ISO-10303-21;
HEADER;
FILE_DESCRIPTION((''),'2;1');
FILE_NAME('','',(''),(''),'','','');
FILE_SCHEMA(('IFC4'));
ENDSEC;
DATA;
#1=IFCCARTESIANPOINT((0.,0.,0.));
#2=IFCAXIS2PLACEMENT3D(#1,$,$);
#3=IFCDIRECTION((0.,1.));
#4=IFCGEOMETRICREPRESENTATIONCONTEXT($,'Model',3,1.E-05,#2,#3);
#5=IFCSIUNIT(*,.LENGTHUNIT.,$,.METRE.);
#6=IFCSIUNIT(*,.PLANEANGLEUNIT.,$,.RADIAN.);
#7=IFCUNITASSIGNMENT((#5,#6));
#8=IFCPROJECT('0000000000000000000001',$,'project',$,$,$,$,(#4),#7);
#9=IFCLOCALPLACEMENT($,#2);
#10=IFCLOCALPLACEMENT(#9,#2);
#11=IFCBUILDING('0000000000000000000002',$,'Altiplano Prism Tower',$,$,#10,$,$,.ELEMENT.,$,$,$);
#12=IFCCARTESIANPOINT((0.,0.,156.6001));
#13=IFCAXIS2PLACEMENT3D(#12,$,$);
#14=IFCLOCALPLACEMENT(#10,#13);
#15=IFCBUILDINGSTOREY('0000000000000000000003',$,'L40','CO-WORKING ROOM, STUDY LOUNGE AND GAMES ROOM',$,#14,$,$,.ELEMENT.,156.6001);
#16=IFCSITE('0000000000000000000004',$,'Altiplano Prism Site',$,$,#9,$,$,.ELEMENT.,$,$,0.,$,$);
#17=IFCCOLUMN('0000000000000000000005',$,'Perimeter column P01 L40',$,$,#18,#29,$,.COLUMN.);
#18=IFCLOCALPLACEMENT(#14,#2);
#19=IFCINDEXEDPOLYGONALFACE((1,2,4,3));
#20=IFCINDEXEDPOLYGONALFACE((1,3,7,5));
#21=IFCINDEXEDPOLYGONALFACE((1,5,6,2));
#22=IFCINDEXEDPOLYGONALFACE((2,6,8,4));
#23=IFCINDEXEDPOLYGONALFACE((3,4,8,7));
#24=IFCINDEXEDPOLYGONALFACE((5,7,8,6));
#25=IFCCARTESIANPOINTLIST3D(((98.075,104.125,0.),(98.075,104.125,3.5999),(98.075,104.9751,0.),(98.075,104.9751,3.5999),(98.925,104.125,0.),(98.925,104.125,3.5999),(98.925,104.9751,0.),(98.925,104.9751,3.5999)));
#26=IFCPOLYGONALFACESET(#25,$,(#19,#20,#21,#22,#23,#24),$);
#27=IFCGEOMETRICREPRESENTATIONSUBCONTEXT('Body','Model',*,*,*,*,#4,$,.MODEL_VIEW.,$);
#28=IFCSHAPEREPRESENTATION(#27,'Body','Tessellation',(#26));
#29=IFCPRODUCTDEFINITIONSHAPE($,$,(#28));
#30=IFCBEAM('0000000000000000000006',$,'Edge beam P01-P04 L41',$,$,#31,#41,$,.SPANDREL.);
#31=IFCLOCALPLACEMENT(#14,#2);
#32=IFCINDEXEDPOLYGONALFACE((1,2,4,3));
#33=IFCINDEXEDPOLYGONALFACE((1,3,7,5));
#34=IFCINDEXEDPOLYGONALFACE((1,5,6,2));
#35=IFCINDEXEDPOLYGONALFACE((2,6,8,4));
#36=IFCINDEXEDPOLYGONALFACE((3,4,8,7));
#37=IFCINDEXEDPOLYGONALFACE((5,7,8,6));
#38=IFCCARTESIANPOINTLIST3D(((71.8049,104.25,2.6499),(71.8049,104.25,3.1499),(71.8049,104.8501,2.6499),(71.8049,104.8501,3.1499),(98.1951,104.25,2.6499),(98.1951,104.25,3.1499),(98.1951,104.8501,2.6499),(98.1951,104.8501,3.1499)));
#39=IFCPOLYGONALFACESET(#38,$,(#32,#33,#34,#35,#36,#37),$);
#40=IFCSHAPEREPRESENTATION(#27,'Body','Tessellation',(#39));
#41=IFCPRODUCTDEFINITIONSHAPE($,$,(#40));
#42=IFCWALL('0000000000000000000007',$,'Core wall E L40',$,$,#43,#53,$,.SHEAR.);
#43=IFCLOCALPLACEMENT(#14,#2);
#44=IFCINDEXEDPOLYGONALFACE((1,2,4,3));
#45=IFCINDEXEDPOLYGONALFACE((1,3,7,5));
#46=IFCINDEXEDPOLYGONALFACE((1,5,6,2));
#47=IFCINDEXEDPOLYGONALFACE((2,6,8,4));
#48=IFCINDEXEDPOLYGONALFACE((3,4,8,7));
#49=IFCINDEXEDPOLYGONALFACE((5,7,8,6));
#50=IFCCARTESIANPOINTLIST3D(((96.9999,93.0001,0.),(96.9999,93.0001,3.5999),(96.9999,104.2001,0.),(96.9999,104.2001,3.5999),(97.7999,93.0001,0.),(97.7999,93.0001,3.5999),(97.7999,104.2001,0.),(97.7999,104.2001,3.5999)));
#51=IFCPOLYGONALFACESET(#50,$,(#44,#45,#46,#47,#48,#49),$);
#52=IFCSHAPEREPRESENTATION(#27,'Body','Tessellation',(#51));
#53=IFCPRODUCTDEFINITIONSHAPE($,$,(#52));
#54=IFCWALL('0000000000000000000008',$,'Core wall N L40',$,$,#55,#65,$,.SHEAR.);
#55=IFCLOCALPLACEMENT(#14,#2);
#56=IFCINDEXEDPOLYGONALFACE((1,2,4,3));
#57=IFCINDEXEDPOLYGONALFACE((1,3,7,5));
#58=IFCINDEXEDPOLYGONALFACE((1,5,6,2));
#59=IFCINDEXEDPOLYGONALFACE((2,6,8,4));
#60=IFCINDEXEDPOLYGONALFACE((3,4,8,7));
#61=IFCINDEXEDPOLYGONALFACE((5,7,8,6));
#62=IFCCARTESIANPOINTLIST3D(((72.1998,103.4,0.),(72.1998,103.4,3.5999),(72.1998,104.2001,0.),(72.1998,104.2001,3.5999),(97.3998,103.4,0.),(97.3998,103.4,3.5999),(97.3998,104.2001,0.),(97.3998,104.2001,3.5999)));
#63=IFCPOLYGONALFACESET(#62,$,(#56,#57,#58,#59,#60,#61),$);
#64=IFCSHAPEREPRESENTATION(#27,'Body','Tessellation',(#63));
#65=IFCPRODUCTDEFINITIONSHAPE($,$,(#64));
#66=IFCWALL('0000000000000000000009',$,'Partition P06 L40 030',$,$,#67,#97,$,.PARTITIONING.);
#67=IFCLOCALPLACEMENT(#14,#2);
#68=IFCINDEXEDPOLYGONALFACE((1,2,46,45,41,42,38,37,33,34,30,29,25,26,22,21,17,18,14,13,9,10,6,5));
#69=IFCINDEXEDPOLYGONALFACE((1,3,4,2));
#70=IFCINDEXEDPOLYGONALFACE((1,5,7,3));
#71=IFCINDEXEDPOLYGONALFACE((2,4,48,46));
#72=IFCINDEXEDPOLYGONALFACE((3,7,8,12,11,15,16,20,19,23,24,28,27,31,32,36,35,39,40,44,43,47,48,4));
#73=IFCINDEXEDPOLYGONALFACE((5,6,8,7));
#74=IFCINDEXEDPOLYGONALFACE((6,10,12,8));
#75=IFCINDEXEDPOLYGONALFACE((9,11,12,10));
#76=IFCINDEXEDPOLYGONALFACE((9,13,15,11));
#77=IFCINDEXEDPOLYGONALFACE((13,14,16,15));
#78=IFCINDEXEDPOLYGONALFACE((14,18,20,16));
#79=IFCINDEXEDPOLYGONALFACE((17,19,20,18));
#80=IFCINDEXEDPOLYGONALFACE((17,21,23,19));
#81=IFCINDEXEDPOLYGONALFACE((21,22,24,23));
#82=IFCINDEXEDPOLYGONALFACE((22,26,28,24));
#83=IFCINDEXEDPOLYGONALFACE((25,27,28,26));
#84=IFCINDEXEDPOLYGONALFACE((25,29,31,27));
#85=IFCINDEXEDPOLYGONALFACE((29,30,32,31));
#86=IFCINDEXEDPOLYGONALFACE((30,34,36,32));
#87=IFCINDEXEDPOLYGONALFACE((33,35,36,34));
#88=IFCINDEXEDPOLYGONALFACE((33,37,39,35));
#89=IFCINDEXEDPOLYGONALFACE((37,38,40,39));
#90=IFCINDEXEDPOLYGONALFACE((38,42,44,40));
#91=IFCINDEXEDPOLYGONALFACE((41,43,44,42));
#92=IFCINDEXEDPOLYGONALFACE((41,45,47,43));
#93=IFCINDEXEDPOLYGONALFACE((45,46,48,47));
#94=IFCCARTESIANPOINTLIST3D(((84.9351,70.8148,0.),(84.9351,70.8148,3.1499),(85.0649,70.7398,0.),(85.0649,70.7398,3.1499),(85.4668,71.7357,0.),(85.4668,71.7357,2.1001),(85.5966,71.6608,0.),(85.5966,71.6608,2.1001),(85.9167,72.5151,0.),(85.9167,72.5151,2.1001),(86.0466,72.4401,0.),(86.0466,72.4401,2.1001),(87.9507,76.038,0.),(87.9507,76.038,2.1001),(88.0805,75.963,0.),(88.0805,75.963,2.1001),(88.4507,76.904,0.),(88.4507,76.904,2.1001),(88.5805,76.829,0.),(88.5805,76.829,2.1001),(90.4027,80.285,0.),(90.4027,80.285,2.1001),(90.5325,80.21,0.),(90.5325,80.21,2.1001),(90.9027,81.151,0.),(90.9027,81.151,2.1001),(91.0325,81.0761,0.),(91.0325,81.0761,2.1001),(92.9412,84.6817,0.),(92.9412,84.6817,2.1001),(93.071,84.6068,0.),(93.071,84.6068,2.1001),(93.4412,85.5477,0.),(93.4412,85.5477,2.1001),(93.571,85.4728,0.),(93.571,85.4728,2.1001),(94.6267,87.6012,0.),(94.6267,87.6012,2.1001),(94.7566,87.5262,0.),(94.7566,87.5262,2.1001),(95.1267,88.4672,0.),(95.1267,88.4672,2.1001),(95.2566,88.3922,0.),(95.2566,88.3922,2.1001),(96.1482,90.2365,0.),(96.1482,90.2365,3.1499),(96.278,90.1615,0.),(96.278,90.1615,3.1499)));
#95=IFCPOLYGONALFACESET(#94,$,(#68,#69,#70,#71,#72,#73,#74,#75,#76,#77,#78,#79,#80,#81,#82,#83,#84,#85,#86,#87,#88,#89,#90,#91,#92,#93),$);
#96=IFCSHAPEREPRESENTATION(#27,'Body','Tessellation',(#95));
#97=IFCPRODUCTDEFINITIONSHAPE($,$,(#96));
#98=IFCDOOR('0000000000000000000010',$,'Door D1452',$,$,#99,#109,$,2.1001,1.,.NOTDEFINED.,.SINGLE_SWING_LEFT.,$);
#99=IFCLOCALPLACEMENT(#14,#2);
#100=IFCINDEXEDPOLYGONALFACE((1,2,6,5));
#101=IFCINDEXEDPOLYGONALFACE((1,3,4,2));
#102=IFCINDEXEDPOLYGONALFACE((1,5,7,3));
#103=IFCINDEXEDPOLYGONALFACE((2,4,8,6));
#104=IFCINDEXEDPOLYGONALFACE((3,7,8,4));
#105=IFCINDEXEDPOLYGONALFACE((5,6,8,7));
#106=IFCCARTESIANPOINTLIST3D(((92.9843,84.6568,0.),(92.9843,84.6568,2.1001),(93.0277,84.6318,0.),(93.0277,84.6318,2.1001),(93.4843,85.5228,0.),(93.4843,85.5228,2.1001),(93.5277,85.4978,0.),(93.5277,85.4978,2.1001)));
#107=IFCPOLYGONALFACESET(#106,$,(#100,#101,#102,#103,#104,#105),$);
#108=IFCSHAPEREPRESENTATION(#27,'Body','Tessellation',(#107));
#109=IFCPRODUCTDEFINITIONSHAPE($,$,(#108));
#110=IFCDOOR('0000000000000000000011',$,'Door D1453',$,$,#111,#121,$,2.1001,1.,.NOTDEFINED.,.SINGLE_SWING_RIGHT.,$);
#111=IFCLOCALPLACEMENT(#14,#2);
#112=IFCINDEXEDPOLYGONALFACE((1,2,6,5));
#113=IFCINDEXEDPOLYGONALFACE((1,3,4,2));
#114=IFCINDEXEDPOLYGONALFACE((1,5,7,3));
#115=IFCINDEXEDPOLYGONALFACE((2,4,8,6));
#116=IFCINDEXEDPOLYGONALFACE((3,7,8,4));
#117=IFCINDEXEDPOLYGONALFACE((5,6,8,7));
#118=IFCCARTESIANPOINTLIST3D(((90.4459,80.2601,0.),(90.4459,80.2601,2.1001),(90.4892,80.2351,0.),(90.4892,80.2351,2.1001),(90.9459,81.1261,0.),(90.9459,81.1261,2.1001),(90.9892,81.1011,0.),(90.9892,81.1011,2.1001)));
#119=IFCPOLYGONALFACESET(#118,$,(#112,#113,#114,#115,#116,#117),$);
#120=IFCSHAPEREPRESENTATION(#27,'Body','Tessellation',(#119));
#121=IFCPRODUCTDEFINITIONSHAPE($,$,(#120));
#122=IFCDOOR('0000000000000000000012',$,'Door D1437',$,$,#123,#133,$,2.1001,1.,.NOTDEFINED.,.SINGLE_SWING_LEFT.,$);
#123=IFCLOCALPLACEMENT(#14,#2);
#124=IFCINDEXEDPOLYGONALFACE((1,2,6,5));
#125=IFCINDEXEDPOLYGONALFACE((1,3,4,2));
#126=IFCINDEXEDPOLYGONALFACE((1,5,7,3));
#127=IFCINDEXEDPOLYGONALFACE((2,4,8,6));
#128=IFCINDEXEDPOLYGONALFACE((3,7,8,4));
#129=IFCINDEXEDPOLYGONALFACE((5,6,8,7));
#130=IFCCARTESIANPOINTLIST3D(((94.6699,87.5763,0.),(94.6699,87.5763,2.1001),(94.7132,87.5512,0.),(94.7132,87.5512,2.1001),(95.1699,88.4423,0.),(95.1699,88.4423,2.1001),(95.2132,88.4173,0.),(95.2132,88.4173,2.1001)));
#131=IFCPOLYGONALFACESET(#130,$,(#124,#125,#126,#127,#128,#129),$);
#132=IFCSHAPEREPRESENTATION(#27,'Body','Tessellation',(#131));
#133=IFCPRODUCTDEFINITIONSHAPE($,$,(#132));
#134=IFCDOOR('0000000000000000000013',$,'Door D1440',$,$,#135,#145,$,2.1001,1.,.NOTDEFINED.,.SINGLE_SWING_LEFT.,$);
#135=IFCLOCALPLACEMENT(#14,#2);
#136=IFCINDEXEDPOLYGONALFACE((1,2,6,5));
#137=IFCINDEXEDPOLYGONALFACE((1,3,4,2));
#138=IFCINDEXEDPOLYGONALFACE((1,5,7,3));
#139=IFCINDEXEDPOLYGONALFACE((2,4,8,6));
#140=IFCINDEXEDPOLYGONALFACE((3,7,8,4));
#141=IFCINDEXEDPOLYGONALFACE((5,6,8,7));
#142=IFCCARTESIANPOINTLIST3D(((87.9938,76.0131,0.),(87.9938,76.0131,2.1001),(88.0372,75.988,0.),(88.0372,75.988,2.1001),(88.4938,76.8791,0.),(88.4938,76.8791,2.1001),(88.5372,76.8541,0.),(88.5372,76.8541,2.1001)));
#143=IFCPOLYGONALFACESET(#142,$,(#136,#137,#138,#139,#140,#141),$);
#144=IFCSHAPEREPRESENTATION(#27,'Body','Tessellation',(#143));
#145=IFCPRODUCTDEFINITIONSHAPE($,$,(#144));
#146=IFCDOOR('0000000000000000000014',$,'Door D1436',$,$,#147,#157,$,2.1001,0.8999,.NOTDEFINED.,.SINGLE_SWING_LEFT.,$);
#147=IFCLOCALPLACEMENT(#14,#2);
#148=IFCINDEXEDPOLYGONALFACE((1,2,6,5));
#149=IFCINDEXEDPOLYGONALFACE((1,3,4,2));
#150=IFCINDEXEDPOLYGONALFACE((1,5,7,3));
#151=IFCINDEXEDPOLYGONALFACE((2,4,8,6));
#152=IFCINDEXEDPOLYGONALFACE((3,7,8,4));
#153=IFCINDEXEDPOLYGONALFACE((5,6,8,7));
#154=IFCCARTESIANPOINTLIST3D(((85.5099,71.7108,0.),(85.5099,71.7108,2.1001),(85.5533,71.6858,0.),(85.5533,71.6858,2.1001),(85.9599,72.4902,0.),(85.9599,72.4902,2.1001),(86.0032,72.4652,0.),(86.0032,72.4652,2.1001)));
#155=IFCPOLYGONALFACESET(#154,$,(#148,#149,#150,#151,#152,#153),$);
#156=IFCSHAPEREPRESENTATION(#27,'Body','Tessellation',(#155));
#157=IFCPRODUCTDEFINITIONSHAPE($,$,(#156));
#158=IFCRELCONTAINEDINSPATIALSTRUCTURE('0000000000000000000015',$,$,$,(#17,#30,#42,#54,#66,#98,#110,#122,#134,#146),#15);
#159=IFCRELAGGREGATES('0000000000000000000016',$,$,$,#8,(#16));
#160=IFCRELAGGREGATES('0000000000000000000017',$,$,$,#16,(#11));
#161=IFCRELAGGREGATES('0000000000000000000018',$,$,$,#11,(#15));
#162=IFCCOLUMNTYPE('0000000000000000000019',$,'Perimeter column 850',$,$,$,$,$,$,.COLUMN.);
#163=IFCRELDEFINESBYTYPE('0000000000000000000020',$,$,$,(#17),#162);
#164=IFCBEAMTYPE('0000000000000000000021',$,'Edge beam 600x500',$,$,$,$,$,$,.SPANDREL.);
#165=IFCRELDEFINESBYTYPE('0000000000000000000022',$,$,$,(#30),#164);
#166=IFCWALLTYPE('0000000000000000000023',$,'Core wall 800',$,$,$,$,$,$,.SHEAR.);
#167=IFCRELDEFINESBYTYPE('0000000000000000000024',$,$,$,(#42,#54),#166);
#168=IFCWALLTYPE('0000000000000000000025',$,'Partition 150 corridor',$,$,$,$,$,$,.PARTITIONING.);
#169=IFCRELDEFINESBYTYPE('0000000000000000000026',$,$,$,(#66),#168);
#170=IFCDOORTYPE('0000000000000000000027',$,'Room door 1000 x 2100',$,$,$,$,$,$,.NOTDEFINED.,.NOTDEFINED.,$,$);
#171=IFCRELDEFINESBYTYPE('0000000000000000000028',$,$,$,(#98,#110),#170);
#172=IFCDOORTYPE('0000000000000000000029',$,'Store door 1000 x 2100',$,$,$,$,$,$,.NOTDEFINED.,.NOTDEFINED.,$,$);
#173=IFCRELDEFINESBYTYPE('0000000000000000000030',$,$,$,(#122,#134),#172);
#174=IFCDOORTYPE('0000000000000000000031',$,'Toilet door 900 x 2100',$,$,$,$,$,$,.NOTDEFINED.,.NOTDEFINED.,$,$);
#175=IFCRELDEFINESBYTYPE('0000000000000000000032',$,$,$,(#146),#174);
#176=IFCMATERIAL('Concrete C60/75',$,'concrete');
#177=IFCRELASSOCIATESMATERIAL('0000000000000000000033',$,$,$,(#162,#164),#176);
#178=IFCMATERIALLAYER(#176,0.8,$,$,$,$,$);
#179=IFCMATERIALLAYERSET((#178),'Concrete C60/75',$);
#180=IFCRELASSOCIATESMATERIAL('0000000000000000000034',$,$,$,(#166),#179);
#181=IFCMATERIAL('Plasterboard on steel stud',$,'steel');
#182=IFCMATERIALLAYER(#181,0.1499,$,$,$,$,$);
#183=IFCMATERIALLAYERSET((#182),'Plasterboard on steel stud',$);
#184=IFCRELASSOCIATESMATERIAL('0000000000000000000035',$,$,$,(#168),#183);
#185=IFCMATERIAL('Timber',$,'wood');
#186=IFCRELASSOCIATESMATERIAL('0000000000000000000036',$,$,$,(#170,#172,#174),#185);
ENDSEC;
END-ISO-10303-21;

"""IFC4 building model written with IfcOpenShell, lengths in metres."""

from ifc_helpers import new_model, si_unit, direction, frame, frame_2d, origin, origin_2d, place, context, subcontext, project, spatial, rectangle, extrude, material, layer, layer_set, material_profile, profile_set, type_object, element, fill, save


model = new_model("IFC4")

# Units and contexts
model_context = context("Model", 3, precision=1e-05, world=origin(), true_north=direction((0.0, 1.0)))
body_context = subcontext(model_context, "Body", "Model", "MODEL_VIEW")
ifc_project = project(units=[si_unit("LENGTHUNIT", "METRE"), si_unit("PLANEANGLEUNIT", "RADIAN")], contexts=[model_context])

# Site, building, storey
site_placement = place(None, origin())
site = spatial("IfcSite", under=ifc_project, at=site_placement, Name="Altiplano Prism Site", CompositionType="ELEMENT", RefElevation=0.0)
building_placement = place(site_placement, origin())
building = spatial("IfcBuilding", under=site, at=building_placement, Name="Altiplano Prism Tower", CompositionType="ELEMENT")
storey_placement = place(building_placement, frame((0.0, 0.0, 156.6001)))
storey = spatial("IfcBuildingStorey", under=building, at=storey_placement, Name="L40", Description="CO-WORKING ROOM, STUDY LOUNGE AND GAMES ROOM", CompositionType="ELEMENT", Elevation=156.6001)

# Column
ifc_material_1 = material(Name="Concrete C60/75", Category="concrete")
ifc_material_profile_1 = material_profile(ifc_material_1, rectangle(XDim=0.8501, YDim=0.8501, at=origin_2d()), Name="Perimeter column 850")
ifc_profile_set_1 = profile_set([ifc_material_profile_1], Name="Concrete C60/75")
column_type = type_object("IfcColumnType", Name="Perimeter column 850", PredefinedType="COLUMN", material=ifc_profile_set_1)
column_placement = place(storey_placement, frame((98.5, 104.55, 0.0), z_axis=(0.0, 0.0, 1.0), x_axis=(1.0, 0.0, 0.0)))
element("IfcColumn", 1, at=column_placement, inside=storey, type_object=column_type, Name="Perimeter column P01 L40", PredefinedType="COLUMN", context=body_context, shape_type="SweptSolid", body=[
    extrude(rectangle(XDim=0.8501, YDim=0.8501, at=origin_2d()), origin(), (0.0, 0.0, 1.0), 3.5999),
])

# Beam
ifc_material_profile_2 = material_profile(ifc_material_1, rectangle(XDim=0.6001, YDim=0.5, at=origin_2d()), Name="Edge beam 600x500")
ifc_profile_set_2 = profile_set([ifc_material_profile_2], Name="Concrete C60/75")
beam_type = type_object("IfcBeamType", Name="Edge beam 600x500", PredefinedType="SPANDREL", material=ifc_profile_set_2)
beam_placement = place(storey_placement, frame((98.1951, 104.55, 2.8999), z_axis=(-1.0, 0.0, 0.0), x_axis=(0.0, -1.0, 0.0)))
element("IfcBeam", 2, at=beam_placement, inside=storey, type_object=beam_type, Name="Edge beam P01-P04 L41", PredefinedType="SPANDREL", context=body_context, shape_type="SweptSolid", body=[
    extrude(rectangle(XDim=0.6001, YDim=0.5, at=origin_2d()), origin(), (0.0, 0.0, 1.0), 26.3901),
])

# Walls
ifc_layer_1 = layer(ifc_material_1, 0.8)
ifc_layer_set_1 = layer_set([ifc_layer_1], Name="Concrete C60/75")
wall_type_1 = type_object("IfcWallType", Name="Core wall 800", PredefinedType="SHEAR", material=ifc_layer_set_1)
wall_1_placement = place(storey_placement, frame((97.3999, 93.0, 0.0), z_axis=(0.0, 0.0, 1.0), x_axis=(0.0, 1.0, 0.0)))
element("IfcWall", 3, at=wall_1_placement, inside=storey, type_object=wall_type_1, Name="Core wall E L40", PredefinedType="SHEAR", context=body_context, shape_type="SweptSolid", body=[
    extrude(rectangle(XDim=11.2, YDim=0.8, at=frame_2d((5.6001, 0.0))), origin(), (0.0, 0.0, 1.0), 3.5999),
])
wall_2_placement = place(storey_placement, frame((97.3999, 103.8, 0.0), z_axis=(0.0, 0.0, 1.0), x_axis=(-1.0, 0.0, 0.0)))
element("IfcWall", 4, at=wall_2_placement, inside=storey, type_object=wall_type_1, Name="Core wall N L40", PredefinedType="SHEAR", context=body_context, shape_type="SweptSolid", body=[
    extrude(rectangle(XDim=25.2, YDim=0.8, at=frame_2d((12.6001, 0.0))), origin(), (0.0, 0.0, 1.0), 3.5999),
])

# Wall, openings, doors
ifc_material_2 = material(Name="Plasterboard on steel stud", Category="steel")
ifc_layer_2 = layer(ifc_material_2, 0.1499)
ifc_layer_set_2 = layer_set([ifc_layer_2], Name="Plasterboard on steel stud")
wall_type_2 = type_object("IfcWallType", Name="Partition 150 corridor", PredefinedType="PARTITIONING", material=ifc_layer_set_2)
wall_3_placement = place(storey_placement, frame((96.2131, 90.199, 0.0), z_axis=(0.0, 0.0, 1.0), x_axis=(-0.500002, -0.866024, 0.0)))
wall_3 = element("IfcWall", 5, at=wall_3_placement, inside=storey, type_object=wall_type_2, Name="Partition P06 L40 030", PredefinedType="PARTITIONING", context=body_context, shape_type="SweptSolid", body=[
    extrude(rectangle(XDim=22.4263, YDim=0.1499, at=frame_2d((11.2131, 0.0))), origin(), (0.0, 0.0, 1.0), 3.1499),
])
opening_1_placement = place(wall_3_placement, frame((20.4629, 0.0, 0.0)))
opening_1 = element("IfcOpeningElement", 6, at=opening_1_placement, cuts=wall_3, PredefinedType="OPENING", context=body_context, shape_type="SweptSolid", body=[
    extrude(rectangle(XDim=0.8999, YDim=2.1001, at=frame_2d((0.45, 1.05))), frame((0.0, 0.0854, 0.0), z_axis=(0.0, -1.0, 0.0), x_axis=(1.0, 0.0, 0.0)), (0.0, 0.0, 1.0), 0.1709),
])
opening_2_placement = place(wall_3_placement, frame((2.043, 0.0, 0.0)))
opening_2 = element("IfcOpeningElement", 7, at=opening_2_placement, cuts=wall_3, PredefinedType="OPENING", context=body_context, shape_type="SweptSolid", body=[
    extrude(rectangle(XDim=1.0, YDim=2.1001, at=frame_2d((0.5, 1.05))), frame((0.0, 0.0854, 0.0), z_axis=(0.0, -1.0, 0.0), x_axis=(1.0, 0.0, 0.0)), (0.0, 0.0, 1.0), 0.1709),
])
opening_3_placement = place(wall_3_placement, frame((15.395, 0.0, 0.0)))
opening_3 = element("IfcOpeningElement", 8, at=opening_3_placement, cuts=wall_3, PredefinedType="OPENING", context=body_context, shape_type="SweptSolid", body=[
    extrude(rectangle(XDim=1.0, YDim=2.1001, at=frame_2d((0.5, 1.05))), frame((0.0, 0.0854, 0.0), z_axis=(0.0, -1.0, 0.0), x_axis=(1.0, 0.0, 0.0)), (0.0, 0.0, 1.0), 0.1709),
])
opening_4_placement = place(wall_3_placement, frame((5.4141, 0.0, 0.0)))
opening_4 = element("IfcOpeningElement", 9, at=opening_4_placement, cuts=wall_3, PredefinedType="OPENING", context=body_context, shape_type="SweptSolid", body=[
    extrude(rectangle(XDim=1.0, YDim=2.1001, at=frame_2d((0.5, 1.05))), frame((0.0, 0.0854, 0.0), z_axis=(0.0, -1.0, 0.0), x_axis=(1.0, 0.0, 0.0)), (0.0, 0.0, 1.0), 0.1709),
])
opening_5_placement = place(wall_3_placement, frame((10.491, 0.0, 0.0)))
opening_5 = element("IfcOpeningElement", 10, at=opening_5_placement, cuts=wall_3, PredefinedType="OPENING", context=body_context, shape_type="SweptSolid", body=[
    extrude(rectangle(XDim=1.0, YDim=2.1001, at=frame_2d((0.5, 1.05))), frame((0.0, 0.0854, 0.0), z_axis=(0.0, -1.0, 0.0), x_axis=(1.0, 0.0, 0.0)), (0.0, 0.0, 1.0), 0.1709),
])
ifc_material_3 = material(Name="Timber", Category="wood")
door_type_1 = type_object("IfcDoorType", Name="Room door 1000 x 2100", OperationType="NOTDEFINED", PredefinedType="NOTDEFINED", material=ifc_material_3)
door_1_placement = place(opening_4_placement, origin())
door_1 = element("IfcDoor", 11, at=door_1_placement, inside=storey, type_object=door_type_1, Name="Door D1452", OperationType="SINGLE_SWING_LEFT", OverallHeight=2.1001, OverallWidth=1.0, PredefinedType="NOTDEFINED", context=body_context, shape_type="SweptSolid", body=[
    extrude(rectangle(XDim=1.0, YDim=2.1001, at=frame_2d((0.5, 1.05))), frame((0.0, 0.0249, 0.0), z_axis=(0.0, -1.0, 0.0), x_axis=(1.0, 0.0, 0.0)), (0.0, 0.0, 1.0), 0.05),
])
fill(opening_4, door_1)
door_2_placement = place(opening_5_placement, origin())
door_2 = element("IfcDoor", 12, at=door_2_placement, inside=storey, type_object=door_type_1, Name="Door D1453", OperationType="SINGLE_SWING_RIGHT", OverallHeight=2.1001, OverallWidth=1.0, PredefinedType="NOTDEFINED", context=body_context, shape_type="SweptSolid", body=[
    extrude(rectangle(XDim=1.0, YDim=2.1001, at=frame_2d((0.5, 1.05))), frame((0.0, 0.0249, 0.0), z_axis=(0.0, -1.0, 0.0), x_axis=(1.0, 0.0, 0.0)), (0.0, 0.0, 1.0), 0.05),
])
fill(opening_5, door_2)
door_type_2 = type_object("IfcDoorType", Name="Store door 1000 x 2100", OperationType="NOTDEFINED", PredefinedType="NOTDEFINED", material=ifc_material_3)
door_3_placement = place(opening_2_placement, origin())
door_3 = element("IfcDoor", 13, at=door_3_placement, inside=storey, type_object=door_type_2, Name="Door D1437", OperationType="SINGLE_SWING_LEFT", OverallHeight=2.1001, OverallWidth=1.0, PredefinedType="NOTDEFINED", context=body_context, shape_type="SweptSolid", body=[
    extrude(rectangle(XDim=1.0, YDim=2.1001, at=frame_2d((0.5, 1.05))), frame((0.0, 0.0249, 0.0), z_axis=(0.0, -1.0, 0.0), x_axis=(1.0, 0.0, 0.0)), (0.0, 0.0, 1.0), 0.05),
])
fill(opening_2, door_3)
door_4_placement = place(opening_3_placement, origin())
door_4 = element("IfcDoor", 14, at=door_4_placement, inside=storey, type_object=door_type_2, Name="Door D1440", OperationType="SINGLE_SWING_LEFT", OverallHeight=2.1001, OverallWidth=1.0, PredefinedType="NOTDEFINED", context=body_context, shape_type="SweptSolid", body=[
    extrude(rectangle(XDim=1.0, YDim=2.1001, at=frame_2d((0.5, 1.05))), frame((0.0, 0.0249, 0.0), z_axis=(0.0, -1.0, 0.0), x_axis=(1.0, 0.0, 0.0)), (0.0, 0.0, 1.0), 0.05),
])
fill(opening_3, door_4)
door_type_3 = type_object("IfcDoorType", Name="Toilet door 900 x 2100", OperationType="NOTDEFINED", PredefinedType="NOTDEFINED", material=ifc_material_3)
door_5_placement = place(opening_1_placement, origin())
door_5 = element("IfcDoor", 15, at=door_5_placement, inside=storey, type_object=door_type_3, Name="Door D1436", OperationType="SINGLE_SWING_LEFT", OverallHeight=2.1001, OverallWidth=0.8999, PredefinedType="NOTDEFINED", context=body_context, shape_type="SweptSolid", body=[
    extrude(rectangle(XDim=0.8999, YDim=2.1001, at=frame_2d((0.45, 1.05))), frame((0.0, 0.0249, 0.0), z_axis=(0.0, -1.0, 0.0), x_axis=(1.0, 0.0, 0.0)), (0.0, 0.0, 1.0), 0.05),
])
fill(opening_1, door_5)

save(model, "model.ifc")
